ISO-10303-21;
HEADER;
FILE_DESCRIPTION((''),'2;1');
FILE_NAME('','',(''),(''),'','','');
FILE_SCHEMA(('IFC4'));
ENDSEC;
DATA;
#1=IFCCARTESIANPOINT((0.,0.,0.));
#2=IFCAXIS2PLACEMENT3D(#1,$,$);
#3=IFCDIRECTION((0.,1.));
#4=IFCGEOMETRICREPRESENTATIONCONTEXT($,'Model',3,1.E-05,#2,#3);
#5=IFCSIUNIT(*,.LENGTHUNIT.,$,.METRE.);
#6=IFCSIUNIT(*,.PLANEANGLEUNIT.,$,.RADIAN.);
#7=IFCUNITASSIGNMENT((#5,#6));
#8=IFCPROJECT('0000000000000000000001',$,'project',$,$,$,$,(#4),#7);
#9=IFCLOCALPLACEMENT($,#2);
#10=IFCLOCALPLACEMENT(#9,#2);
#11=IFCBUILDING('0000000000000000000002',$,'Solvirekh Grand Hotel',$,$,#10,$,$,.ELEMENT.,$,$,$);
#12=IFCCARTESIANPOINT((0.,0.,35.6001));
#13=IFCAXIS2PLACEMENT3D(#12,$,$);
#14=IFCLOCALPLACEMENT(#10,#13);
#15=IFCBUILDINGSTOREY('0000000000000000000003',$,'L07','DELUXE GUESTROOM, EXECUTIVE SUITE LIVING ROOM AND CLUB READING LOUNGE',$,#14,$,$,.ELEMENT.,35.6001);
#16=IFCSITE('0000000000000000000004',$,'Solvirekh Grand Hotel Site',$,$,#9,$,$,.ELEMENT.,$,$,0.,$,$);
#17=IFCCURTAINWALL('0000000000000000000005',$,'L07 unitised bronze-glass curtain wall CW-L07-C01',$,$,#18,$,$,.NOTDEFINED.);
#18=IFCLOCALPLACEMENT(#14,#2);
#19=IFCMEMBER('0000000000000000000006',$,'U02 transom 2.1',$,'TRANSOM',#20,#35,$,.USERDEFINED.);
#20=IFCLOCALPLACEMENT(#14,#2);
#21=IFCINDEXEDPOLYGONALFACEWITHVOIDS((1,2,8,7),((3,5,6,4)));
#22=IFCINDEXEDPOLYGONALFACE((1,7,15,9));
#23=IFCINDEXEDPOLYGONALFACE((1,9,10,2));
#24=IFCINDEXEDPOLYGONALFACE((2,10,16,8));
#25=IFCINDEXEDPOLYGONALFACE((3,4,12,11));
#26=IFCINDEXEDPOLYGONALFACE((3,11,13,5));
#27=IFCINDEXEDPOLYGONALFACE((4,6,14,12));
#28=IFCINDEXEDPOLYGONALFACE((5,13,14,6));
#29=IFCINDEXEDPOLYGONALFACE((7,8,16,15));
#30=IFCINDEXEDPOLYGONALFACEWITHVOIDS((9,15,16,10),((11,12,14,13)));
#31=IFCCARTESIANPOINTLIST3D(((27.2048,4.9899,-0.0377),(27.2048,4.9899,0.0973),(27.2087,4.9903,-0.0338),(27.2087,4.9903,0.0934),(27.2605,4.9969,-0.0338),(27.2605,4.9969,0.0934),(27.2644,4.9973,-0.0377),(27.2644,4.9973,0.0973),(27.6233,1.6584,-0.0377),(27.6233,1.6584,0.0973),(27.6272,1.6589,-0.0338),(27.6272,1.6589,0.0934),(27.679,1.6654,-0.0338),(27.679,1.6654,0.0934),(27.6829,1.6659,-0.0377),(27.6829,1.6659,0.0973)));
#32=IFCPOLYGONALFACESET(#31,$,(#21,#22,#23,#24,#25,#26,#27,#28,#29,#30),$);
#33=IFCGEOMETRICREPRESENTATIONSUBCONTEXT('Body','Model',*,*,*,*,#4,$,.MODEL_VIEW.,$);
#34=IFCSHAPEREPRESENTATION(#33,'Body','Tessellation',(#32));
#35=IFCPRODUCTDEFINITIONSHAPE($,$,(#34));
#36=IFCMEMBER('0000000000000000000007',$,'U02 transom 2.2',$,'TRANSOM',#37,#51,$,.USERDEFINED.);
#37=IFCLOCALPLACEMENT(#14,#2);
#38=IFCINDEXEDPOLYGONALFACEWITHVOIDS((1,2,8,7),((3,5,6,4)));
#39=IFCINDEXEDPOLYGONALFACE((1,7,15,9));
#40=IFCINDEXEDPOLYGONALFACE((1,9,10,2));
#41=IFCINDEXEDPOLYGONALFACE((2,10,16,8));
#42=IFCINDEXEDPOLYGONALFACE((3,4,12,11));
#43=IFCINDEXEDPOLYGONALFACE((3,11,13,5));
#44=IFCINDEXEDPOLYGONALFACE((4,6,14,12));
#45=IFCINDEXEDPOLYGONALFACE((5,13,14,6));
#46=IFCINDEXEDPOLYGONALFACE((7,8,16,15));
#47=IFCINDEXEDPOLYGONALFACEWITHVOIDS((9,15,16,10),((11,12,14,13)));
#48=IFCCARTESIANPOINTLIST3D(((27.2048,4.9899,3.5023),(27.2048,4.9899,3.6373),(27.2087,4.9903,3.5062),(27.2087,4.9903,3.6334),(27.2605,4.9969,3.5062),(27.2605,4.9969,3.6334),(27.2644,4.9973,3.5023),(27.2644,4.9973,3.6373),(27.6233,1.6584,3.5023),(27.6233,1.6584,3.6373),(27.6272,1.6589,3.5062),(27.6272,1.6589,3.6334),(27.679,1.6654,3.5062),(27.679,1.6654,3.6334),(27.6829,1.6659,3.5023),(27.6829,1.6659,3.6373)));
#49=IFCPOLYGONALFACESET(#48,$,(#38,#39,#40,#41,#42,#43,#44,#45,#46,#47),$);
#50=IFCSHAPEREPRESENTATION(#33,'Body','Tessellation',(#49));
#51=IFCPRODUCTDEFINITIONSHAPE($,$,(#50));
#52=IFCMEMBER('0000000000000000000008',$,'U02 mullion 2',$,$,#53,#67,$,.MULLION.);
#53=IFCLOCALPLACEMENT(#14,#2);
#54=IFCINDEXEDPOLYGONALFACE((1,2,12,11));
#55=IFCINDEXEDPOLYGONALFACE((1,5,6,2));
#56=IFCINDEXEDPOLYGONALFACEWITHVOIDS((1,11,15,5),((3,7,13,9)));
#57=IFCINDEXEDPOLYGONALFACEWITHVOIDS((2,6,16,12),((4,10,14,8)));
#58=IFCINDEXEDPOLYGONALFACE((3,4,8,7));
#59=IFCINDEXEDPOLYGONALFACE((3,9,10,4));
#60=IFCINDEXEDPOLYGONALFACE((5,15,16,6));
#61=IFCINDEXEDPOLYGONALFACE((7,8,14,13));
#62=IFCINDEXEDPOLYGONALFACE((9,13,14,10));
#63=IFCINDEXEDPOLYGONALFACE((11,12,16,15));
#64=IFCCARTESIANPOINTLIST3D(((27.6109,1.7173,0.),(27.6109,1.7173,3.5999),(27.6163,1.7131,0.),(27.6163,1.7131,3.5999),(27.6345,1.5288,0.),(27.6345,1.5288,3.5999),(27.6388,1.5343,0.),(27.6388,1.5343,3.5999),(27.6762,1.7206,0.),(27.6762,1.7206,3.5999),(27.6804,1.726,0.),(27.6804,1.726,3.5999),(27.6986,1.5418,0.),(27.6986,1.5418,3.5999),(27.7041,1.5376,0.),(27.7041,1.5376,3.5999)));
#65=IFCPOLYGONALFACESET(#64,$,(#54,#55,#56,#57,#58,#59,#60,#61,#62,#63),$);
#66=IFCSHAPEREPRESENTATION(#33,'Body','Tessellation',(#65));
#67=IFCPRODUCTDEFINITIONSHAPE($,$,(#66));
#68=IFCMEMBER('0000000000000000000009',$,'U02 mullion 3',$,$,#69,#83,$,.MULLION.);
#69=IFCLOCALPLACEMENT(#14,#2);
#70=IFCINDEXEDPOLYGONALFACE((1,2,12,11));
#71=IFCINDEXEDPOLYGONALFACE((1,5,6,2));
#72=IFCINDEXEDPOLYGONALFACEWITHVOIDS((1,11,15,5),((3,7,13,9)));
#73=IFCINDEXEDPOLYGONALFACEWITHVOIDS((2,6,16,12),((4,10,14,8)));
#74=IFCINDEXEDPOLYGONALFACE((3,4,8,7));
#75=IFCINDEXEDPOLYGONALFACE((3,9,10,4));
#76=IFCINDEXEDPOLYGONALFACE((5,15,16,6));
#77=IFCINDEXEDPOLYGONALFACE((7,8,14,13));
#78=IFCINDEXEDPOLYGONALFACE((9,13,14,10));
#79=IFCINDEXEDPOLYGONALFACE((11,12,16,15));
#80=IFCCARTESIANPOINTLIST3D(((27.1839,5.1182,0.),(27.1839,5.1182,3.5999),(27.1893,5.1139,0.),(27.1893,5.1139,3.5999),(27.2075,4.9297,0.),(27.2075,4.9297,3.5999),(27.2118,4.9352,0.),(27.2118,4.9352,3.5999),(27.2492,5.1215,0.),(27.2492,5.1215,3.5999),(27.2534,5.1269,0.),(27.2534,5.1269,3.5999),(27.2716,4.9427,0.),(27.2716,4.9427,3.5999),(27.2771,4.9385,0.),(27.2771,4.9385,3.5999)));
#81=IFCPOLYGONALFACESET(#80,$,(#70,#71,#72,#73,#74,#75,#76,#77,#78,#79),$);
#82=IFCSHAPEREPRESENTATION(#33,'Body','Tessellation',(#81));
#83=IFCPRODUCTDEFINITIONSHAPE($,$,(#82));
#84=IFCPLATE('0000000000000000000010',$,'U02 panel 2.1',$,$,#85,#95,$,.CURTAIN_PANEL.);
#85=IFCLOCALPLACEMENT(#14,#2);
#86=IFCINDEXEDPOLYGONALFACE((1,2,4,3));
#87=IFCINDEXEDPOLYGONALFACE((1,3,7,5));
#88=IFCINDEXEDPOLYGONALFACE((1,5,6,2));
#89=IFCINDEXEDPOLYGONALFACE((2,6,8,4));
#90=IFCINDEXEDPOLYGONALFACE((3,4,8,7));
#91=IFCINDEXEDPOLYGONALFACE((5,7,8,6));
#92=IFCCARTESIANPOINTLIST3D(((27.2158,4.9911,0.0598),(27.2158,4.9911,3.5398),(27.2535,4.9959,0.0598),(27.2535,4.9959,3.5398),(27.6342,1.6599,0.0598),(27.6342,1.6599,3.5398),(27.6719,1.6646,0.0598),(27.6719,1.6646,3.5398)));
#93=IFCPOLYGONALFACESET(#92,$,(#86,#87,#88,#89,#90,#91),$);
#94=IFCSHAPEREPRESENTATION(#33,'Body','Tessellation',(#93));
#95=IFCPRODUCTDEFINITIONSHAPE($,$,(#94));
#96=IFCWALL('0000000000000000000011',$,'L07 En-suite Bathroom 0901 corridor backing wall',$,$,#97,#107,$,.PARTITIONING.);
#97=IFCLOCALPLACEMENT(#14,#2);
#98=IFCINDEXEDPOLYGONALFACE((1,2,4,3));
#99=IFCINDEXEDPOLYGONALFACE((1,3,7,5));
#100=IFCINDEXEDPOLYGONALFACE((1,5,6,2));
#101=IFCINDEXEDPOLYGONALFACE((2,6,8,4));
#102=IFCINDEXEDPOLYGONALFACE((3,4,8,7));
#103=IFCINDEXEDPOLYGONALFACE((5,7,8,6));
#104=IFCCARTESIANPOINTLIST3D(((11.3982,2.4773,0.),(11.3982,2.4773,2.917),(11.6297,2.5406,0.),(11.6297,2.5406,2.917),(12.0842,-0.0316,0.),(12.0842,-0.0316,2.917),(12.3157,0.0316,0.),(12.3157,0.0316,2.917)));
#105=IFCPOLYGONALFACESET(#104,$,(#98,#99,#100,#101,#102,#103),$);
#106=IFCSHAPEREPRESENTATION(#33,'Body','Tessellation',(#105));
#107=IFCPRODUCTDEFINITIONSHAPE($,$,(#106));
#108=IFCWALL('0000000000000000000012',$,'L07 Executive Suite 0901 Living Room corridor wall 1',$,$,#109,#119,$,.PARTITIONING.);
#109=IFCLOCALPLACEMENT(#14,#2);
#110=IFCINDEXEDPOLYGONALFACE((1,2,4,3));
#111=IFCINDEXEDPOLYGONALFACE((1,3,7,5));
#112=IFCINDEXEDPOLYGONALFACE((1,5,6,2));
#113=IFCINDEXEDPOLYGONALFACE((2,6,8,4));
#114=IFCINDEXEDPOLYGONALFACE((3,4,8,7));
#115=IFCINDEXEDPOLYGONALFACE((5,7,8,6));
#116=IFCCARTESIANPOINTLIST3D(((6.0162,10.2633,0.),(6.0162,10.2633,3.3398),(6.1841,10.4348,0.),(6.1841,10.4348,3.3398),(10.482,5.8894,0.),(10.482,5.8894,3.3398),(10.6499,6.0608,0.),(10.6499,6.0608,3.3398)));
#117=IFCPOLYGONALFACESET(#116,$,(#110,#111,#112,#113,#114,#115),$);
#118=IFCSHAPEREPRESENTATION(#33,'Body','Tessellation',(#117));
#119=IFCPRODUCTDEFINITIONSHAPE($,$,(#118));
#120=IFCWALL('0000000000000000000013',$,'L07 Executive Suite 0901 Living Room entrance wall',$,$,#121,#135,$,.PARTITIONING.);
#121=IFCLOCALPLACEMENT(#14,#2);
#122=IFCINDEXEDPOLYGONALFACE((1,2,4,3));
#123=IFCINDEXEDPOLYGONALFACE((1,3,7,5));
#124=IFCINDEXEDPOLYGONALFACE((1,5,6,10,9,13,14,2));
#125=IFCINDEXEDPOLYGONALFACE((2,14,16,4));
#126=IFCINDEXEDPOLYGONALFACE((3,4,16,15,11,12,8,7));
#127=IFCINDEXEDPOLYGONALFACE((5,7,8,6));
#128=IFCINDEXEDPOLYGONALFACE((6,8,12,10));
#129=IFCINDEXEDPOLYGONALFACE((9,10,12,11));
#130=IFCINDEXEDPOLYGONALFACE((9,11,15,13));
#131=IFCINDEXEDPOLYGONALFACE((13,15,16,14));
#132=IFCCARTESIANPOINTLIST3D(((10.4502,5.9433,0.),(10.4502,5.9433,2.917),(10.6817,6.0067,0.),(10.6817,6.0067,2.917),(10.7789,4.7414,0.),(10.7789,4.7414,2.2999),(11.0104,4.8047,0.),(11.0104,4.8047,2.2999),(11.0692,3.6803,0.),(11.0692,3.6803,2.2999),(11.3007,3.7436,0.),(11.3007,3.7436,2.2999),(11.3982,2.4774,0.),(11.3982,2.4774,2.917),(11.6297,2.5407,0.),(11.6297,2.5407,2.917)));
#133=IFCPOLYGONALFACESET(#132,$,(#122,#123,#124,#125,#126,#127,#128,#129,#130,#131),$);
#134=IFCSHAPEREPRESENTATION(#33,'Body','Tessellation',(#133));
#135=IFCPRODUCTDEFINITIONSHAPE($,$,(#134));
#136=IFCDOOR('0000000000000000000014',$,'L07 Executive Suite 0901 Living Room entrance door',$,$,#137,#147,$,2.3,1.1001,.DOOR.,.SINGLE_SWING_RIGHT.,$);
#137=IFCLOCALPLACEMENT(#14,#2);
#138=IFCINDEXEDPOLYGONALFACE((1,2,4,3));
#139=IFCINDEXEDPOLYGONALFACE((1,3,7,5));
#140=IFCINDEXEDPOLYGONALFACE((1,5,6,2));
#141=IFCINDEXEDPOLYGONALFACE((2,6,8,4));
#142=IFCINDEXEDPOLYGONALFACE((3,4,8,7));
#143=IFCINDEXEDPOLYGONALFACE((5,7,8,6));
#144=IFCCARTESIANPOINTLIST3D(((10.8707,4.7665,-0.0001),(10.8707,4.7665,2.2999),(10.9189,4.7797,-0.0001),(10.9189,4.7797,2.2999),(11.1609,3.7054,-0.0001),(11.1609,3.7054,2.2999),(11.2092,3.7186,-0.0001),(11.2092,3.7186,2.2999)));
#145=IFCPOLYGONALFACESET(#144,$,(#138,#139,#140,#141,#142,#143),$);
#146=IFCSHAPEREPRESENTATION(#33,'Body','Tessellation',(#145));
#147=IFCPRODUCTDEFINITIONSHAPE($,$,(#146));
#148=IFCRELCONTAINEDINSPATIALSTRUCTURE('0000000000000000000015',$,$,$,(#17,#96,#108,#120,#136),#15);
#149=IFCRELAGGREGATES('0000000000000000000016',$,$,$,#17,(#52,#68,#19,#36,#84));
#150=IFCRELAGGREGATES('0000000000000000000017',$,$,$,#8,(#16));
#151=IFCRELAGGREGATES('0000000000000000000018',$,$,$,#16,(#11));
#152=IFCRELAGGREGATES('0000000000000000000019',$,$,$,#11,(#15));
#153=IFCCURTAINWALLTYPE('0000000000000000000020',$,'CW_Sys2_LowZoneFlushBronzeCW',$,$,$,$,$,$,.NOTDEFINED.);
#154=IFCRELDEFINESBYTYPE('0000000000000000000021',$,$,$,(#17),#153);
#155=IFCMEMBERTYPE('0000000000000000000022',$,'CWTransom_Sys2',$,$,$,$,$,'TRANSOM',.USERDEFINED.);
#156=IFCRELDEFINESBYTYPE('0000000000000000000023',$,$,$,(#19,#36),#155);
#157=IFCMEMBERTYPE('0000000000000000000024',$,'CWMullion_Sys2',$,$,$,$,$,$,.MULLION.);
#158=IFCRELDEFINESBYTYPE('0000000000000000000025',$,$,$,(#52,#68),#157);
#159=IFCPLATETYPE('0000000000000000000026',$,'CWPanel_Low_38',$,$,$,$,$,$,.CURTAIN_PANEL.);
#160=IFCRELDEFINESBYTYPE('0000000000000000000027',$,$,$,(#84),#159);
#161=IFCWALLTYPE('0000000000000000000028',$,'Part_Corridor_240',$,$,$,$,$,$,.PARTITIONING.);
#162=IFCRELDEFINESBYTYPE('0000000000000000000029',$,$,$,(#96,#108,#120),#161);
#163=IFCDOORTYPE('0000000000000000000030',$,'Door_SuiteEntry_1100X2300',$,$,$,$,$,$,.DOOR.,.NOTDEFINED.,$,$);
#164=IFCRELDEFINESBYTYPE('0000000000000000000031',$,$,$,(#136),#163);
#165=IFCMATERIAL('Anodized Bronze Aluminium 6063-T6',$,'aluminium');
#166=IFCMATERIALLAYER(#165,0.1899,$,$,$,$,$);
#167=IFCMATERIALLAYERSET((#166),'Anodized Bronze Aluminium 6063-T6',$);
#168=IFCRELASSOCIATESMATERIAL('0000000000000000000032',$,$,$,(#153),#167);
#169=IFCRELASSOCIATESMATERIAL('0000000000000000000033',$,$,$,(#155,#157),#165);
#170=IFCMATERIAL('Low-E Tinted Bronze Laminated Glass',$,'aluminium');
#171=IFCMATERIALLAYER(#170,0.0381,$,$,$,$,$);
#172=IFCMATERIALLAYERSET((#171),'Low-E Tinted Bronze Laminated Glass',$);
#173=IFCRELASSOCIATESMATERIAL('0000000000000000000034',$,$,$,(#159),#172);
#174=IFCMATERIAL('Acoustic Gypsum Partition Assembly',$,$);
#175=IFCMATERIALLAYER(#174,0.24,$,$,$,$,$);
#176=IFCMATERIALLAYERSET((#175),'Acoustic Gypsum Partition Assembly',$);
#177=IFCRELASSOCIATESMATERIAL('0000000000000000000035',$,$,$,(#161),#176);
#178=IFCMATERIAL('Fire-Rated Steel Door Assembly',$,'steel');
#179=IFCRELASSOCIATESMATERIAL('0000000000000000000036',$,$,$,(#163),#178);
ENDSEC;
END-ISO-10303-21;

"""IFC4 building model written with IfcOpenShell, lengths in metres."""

from ifc_helpers import new_model, si_unit, direction, frame, frame_2d, origin, origin_2d, place, context, subcontext, project, spatial, rectangle, hollow_rectangle, extrude, source, transform, mapped, material, layer, layer_set, material_profile, profile_set, type_object, element, fill, aggregate, save


model = new_model("IFC4")

# Units and contexts
model_context = context("Model", 3, precision=1e-05, world=origin(), true_north=direction((0.0, 1.0)))
body_context = subcontext(model_context, "Body", "Model", "MODEL_VIEW")
ifc_project = project(units=[si_unit("LENGTHUNIT", "METRE"), si_unit("PLANEANGLEUNIT", "RADIAN")], contexts=[model_context])

# Site, building, storey
site_placement = place(None, origin())
site = spatial("IfcSite", under=ifc_project, at=site_placement, Name="Solvirekh Grand Hotel Site", CompositionType="ELEMENT", RefElevation=0.0)
building_placement = place(site_placement, origin())
building = spatial("IfcBuilding", under=site, at=building_placement, Name="Solvirekh Grand Hotel", CompositionType="ELEMENT")
storey_placement = place(building_placement, frame((0.0, 0.0, 35.6001)))
storey = spatial("IfcBuildingStorey", under=building, at=storey_placement, Name="L07", Description="DELUXE GUESTROOM, EXECUTIVE SUITE LIVING ROOM AND CLUB READING LOUNGE", CompositionType="ELEMENT", Elevation=35.6001)

# Curtain wall, members, plate
ifc_material_1 = material(Name="Anodized Bronze Aluminium 6063-T6", Category="aluminium")
ifc_layer_1 = layer(ifc_material_1, 0.1899)
ifc_layer_set_1 = layer_set([ifc_layer_1], Name="Anodized Bronze Aluminium 6063-T6")
curtain_wall_type = type_object("IfcCurtainWallType", Name="CW_Sys2_LowZoneFlushBronzeCW", PredefinedType="NOTDEFINED", material=ifc_layer_set_1)
curtain_wall_placement = place(storey_placement, origin())
curtain_wall = element("IfcCurtainWall", 1, at=curtain_wall_placement, inside=storey, type_object=curtain_wall_type, Name="L07 unitised bronze-glass curtain wall CW-L07-C01", PredefinedType="NOTDEFINED")
ifc_material_profile_1 = material_profile(ifc_material_1, hollow_rectangle(XDim=0.0601, YDim=0.135, WallThickness=0.0039, at=origin_2d()), Name="ALU RHS 135X60X4")
ifc_profile_set_1 = profile_set([ifc_material_profile_1], Name="Anodized Bronze Aluminium 6063-T6")
member_type_1 = type_object("IfcMemberType", Name="CWTransom_Sys2", ElementType="TRANSOM", PredefinedType="USERDEFINED", material=ifc_profile_set_1)
shared_shape_1 = source(origin(), body_context, "Body", "SweptSolid", [
    extrude(hollow_rectangle(XDim=0.0601, YDim=0.135, WallThickness=0.0039, at=origin_2d()), origin(), (0.0, 0.0, 1.0), 3.3577),
])
member_1_placement = place(storey_placement, frame((27.6531, 1.6621, 0.0298), z_axis=(-0.124625, 0.992204, 0.0), x_axis=(-0.992204, -0.124625, 0.0)))
member_1 = element("IfcMember", 2, at=member_1_placement, type_object=member_type_1, Name="U02 transom 2.1", ObjectType="TRANSOM", PredefinedType="USERDEFINED", context=body_context, shape_type="MappedRepresentation", body=[
    mapped(shared_shape_1, transform((0.0, 0.0, 0.0), x_axis=(1.0, 0.0, 0.0), y_axis=(0.0, 1.0, 0.0), z_axis=(0.0, 0.0, 1.0), scale=1.0)),
])
member_2_placement = place(storey_placement, frame((27.6531, 1.6621, 3.5698), z_axis=(-0.124625, 0.992204, 0.0), x_axis=(-0.992204, -0.124625, 0.0)))
member_2 = element("IfcMember", 3, at=member_2_placement, type_object=member_type_1, Name="U02 transom 2.2", ObjectType="TRANSOM", PredefinedType="USERDEFINED", context=body_context, shape_type="MappedRepresentation", body=[
    mapped(shared_shape_1, transform((0.0, 0.0, 0.0), x_axis=(1.0, 0.0, 0.0), y_axis=(0.0, 1.0, 0.0), z_axis=(0.0, 0.0, 1.0), scale=1.0)),
])
ifc_material_profile_2 = material_profile(ifc_material_1, hollow_rectangle(XDim=0.0701, YDim=0.1899, WallThickness=0.0049, at=origin_2d()), Name="ALU RHS 190X70X5")
ifc_profile_set_2 = profile_set([ifc_material_profile_2], Name="Anodized Bronze Aluminium 6063-T6")
member_type_2 = type_object("IfcMemberType", Name="CWMullion_Sys2", PredefinedType="MULLION", material=ifc_profile_set_2)
shared_shape_2 = source(origin(), body_context, "Body", "SweptSolid", [
    extrude(hollow_rectangle(XDim=0.0701, YDim=0.1899, WallThickness=0.0049, at=origin_2d()), origin(), (0.0, 0.0, 1.0), 3.5999),
])
member_3_placement = place(storey_placement, frame((27.6575, 1.6274, 0.0), z_axis=(0.0, 0.0, 1.0), x_axis=(-0.992204, -0.124621, 0.0)))
member_3 = element("IfcMember", 4, at=member_3_placement, type_object=member_type_2, Name="U02 mullion 2", PredefinedType="MULLION", context=body_context, shape_type="MappedRepresentation", body=[
    mapped(shared_shape_2, transform((0.0, 0.0, 0.0), x_axis=(1.0, 0.0, 0.0), y_axis=(0.0, 1.0, 0.0), z_axis=(0.0, 0.0, 1.0), scale=1.0)),
])
member_4_placement = place(storey_placement, frame((27.2305, 5.0283, 0.0), z_axis=(0.0, 0.0, 1.0), x_axis=(-0.992204, -0.124621, 0.0)))
member_4 = element("IfcMember", 5, at=member_4_placement, type_object=member_type_2, Name="U02 mullion 3", PredefinedType="MULLION", context=body_context, shape_type="MappedRepresentation", body=[
    mapped(shared_shape_2, transform((0.0, 0.0, 0.0), x_axis=(1.0, 0.0, 0.0), y_axis=(0.0, 1.0, 0.0), z_axis=(0.0, 0.0, 1.0), scale=1.0)),
])
ifc_material_2 = material(Name="Low-E Tinted Bronze Laminated Glass", Category="aluminium")
ifc_layer_2 = layer(ifc_material_2, 0.0381)
ifc_layer_set_2 = layer_set([ifc_layer_2], Name="Low-E Tinted Bronze Laminated Glass")
plate_type = type_object("IfcPlateType", Name="CWPanel_Low_38", PredefinedType="CURTAIN_PANEL", material=ifc_layer_set_2)
shared_shape_3 = source(origin(), body_context, "Body", "SweptSolid", [
    extrude(rectangle(XDim=3.3574, YDim=0.0381, at=origin_2d()), origin(), (0.0, 0.0, 1.0), 3.48),
])
plate_placement = place(storey_placement, frame((27.4438, 3.3279, 0.0598), z_axis=(0.0, 0.0, 1.0), x_axis=(-0.124621, 0.992204, 0.0)))
plate = element("IfcPlate", 6, at=plate_placement, type_object=plate_type, Name="U02 panel 2.1", PredefinedType="CURTAIN_PANEL", context=body_context, shape_type="MappedRepresentation", body=[
    mapped(shared_shape_3, transform((0.0, 0.0, 0.0), x_axis=(1.0, 0.0, 0.0), y_axis=(0.0, 1.0, 0.0), z_axis=(0.0, 0.0, 1.0), scale=1.0)),
])
aggregate(curtain_wall, [member_3, member_4, member_1, member_2, plate])

# Walls
ifc_material_3 = material(Name="Acoustic Gypsum Partition Assembly")
ifc_layer_3 = layer(ifc_material_3, 0.24)
ifc_layer_set_3 = layer_set([ifc_layer_3], Name="Acoustic Gypsum Partition Assembly")
wall_type_1 = type_object("IfcWallType", Name="Part_Corridor_240", PredefinedType="PARTITIONING", material=ifc_layer_set_3)
wall_1_placement = place(storey_placement, frame((12.2, 0.0, 0.0), z_axis=(0.0, 0.0, 1.0), x_axis=(-0.263745, 0.964593, 0.0)))
element("IfcWall", 7, at=wall_1_placement, inside=storey, type_object=wall_type_1, Name="L07 En-suite Bathroom 0901 corridor backing wall", PredefinedType="PARTITIONING", context=body_context, shape_type="SweptSolid", body=[
    extrude(rectangle(XDim=2.6011, YDim=0.24, at=frame_2d((1.3005, 0.0))), origin(), (0.0, 0.0, 1.0), 2.917),
])
wall_2_placement = place(storey_placement, frame((10.5659, 5.9751, 0.0), z_axis=(0.0, 0.0, 1.0), x_axis=(-0.714411, 0.699726, 0.0)))
element("IfcWall", 8, at=wall_2_placement, inside=storey, type_object=wall_type_1, Name="L07 Executive Suite 0901 Living Room corridor wall 1", PredefinedType="PARTITIONING", context=body_context, shape_type="SweptSolid", body=[
    extrude(rectangle(XDim=6.251, YDim=0.24, at=frame_2d((3.1255, 0.0))), origin(), (0.0, 0.0, 1.0), 3.3398),
])

# Wall, opening, door
wall_3_placement = place(storey_placement, frame((11.5139, 2.509, 0.0), z_axis=(0.0, 0.0, 1.0), x_axis=(-0.263819, 0.964572, 0.0)))
wall_3 = element("IfcWall", 9, at=wall_3_placement, inside=storey, type_object=wall_type_1, Name="L07 Executive Suite 0901 Living Room entrance wall", PredefinedType="PARTITIONING", context=body_context, shape_type="SweptSolid", body=[
    extrude(rectangle(XDim=3.5933, YDim=0.24, at=frame_2d((1.7966, 0.0))), origin(), (0.0, 0.0, 1.0), 2.917),
])
opening_1_placement = place(wall_3_placement, frame((1.2471, 0.0, 0.0)))
opening_1 = element("IfcOpeningElement", 10, at=opening_1_placement, cuts=wall_3, PredefinedType="OPENING", context=body_context, shape_type="SweptSolid", body=[
    extrude(rectangle(XDim=1.1001, YDim=2.3, at=frame_2d((0.55, 1.1499))), frame((0.0, 0.1299, 0.0), z_axis=(0.0, -1.0, 0.0), x_axis=(1.0, 0.0, 0.0)), (0.0, 0.0, 1.0), 0.26),
])
ifc_material_4 = material(Name="Fire-Rated Steel Door Assembly", Category="steel")
door_type_1 = type_object("IfcDoorType", Name="Door_SuiteEntry_1100X2300", OperationType="NOTDEFINED", PredefinedType="DOOR", material=ifc_material_4)
door_1_placement = place(opening_1_placement, origin())
door_1 = element("IfcDoor", 11, at=door_1_placement, inside=storey, type_object=door_type_1, Name="L07 Executive Suite 0901 Living Room entrance door", OperationType="SINGLE_SWING_RIGHT", OverallHeight=2.3, OverallWidth=1.1001, PredefinedType="DOOR", context=body_context, shape_type="SweptSolid", body=[
    extrude(rectangle(XDim=1.1001, YDim=2.3, at=frame_2d((0.55, 1.1499))), frame((0.0, 0.0249, 0.0), z_axis=(0.0, -1.0, 0.0), x_axis=(1.0, 0.0, 0.0)), (0.0, 0.0, 1.0), 0.05),
])
fill(opening_1, door_1)

save(model, "model.ifc")
